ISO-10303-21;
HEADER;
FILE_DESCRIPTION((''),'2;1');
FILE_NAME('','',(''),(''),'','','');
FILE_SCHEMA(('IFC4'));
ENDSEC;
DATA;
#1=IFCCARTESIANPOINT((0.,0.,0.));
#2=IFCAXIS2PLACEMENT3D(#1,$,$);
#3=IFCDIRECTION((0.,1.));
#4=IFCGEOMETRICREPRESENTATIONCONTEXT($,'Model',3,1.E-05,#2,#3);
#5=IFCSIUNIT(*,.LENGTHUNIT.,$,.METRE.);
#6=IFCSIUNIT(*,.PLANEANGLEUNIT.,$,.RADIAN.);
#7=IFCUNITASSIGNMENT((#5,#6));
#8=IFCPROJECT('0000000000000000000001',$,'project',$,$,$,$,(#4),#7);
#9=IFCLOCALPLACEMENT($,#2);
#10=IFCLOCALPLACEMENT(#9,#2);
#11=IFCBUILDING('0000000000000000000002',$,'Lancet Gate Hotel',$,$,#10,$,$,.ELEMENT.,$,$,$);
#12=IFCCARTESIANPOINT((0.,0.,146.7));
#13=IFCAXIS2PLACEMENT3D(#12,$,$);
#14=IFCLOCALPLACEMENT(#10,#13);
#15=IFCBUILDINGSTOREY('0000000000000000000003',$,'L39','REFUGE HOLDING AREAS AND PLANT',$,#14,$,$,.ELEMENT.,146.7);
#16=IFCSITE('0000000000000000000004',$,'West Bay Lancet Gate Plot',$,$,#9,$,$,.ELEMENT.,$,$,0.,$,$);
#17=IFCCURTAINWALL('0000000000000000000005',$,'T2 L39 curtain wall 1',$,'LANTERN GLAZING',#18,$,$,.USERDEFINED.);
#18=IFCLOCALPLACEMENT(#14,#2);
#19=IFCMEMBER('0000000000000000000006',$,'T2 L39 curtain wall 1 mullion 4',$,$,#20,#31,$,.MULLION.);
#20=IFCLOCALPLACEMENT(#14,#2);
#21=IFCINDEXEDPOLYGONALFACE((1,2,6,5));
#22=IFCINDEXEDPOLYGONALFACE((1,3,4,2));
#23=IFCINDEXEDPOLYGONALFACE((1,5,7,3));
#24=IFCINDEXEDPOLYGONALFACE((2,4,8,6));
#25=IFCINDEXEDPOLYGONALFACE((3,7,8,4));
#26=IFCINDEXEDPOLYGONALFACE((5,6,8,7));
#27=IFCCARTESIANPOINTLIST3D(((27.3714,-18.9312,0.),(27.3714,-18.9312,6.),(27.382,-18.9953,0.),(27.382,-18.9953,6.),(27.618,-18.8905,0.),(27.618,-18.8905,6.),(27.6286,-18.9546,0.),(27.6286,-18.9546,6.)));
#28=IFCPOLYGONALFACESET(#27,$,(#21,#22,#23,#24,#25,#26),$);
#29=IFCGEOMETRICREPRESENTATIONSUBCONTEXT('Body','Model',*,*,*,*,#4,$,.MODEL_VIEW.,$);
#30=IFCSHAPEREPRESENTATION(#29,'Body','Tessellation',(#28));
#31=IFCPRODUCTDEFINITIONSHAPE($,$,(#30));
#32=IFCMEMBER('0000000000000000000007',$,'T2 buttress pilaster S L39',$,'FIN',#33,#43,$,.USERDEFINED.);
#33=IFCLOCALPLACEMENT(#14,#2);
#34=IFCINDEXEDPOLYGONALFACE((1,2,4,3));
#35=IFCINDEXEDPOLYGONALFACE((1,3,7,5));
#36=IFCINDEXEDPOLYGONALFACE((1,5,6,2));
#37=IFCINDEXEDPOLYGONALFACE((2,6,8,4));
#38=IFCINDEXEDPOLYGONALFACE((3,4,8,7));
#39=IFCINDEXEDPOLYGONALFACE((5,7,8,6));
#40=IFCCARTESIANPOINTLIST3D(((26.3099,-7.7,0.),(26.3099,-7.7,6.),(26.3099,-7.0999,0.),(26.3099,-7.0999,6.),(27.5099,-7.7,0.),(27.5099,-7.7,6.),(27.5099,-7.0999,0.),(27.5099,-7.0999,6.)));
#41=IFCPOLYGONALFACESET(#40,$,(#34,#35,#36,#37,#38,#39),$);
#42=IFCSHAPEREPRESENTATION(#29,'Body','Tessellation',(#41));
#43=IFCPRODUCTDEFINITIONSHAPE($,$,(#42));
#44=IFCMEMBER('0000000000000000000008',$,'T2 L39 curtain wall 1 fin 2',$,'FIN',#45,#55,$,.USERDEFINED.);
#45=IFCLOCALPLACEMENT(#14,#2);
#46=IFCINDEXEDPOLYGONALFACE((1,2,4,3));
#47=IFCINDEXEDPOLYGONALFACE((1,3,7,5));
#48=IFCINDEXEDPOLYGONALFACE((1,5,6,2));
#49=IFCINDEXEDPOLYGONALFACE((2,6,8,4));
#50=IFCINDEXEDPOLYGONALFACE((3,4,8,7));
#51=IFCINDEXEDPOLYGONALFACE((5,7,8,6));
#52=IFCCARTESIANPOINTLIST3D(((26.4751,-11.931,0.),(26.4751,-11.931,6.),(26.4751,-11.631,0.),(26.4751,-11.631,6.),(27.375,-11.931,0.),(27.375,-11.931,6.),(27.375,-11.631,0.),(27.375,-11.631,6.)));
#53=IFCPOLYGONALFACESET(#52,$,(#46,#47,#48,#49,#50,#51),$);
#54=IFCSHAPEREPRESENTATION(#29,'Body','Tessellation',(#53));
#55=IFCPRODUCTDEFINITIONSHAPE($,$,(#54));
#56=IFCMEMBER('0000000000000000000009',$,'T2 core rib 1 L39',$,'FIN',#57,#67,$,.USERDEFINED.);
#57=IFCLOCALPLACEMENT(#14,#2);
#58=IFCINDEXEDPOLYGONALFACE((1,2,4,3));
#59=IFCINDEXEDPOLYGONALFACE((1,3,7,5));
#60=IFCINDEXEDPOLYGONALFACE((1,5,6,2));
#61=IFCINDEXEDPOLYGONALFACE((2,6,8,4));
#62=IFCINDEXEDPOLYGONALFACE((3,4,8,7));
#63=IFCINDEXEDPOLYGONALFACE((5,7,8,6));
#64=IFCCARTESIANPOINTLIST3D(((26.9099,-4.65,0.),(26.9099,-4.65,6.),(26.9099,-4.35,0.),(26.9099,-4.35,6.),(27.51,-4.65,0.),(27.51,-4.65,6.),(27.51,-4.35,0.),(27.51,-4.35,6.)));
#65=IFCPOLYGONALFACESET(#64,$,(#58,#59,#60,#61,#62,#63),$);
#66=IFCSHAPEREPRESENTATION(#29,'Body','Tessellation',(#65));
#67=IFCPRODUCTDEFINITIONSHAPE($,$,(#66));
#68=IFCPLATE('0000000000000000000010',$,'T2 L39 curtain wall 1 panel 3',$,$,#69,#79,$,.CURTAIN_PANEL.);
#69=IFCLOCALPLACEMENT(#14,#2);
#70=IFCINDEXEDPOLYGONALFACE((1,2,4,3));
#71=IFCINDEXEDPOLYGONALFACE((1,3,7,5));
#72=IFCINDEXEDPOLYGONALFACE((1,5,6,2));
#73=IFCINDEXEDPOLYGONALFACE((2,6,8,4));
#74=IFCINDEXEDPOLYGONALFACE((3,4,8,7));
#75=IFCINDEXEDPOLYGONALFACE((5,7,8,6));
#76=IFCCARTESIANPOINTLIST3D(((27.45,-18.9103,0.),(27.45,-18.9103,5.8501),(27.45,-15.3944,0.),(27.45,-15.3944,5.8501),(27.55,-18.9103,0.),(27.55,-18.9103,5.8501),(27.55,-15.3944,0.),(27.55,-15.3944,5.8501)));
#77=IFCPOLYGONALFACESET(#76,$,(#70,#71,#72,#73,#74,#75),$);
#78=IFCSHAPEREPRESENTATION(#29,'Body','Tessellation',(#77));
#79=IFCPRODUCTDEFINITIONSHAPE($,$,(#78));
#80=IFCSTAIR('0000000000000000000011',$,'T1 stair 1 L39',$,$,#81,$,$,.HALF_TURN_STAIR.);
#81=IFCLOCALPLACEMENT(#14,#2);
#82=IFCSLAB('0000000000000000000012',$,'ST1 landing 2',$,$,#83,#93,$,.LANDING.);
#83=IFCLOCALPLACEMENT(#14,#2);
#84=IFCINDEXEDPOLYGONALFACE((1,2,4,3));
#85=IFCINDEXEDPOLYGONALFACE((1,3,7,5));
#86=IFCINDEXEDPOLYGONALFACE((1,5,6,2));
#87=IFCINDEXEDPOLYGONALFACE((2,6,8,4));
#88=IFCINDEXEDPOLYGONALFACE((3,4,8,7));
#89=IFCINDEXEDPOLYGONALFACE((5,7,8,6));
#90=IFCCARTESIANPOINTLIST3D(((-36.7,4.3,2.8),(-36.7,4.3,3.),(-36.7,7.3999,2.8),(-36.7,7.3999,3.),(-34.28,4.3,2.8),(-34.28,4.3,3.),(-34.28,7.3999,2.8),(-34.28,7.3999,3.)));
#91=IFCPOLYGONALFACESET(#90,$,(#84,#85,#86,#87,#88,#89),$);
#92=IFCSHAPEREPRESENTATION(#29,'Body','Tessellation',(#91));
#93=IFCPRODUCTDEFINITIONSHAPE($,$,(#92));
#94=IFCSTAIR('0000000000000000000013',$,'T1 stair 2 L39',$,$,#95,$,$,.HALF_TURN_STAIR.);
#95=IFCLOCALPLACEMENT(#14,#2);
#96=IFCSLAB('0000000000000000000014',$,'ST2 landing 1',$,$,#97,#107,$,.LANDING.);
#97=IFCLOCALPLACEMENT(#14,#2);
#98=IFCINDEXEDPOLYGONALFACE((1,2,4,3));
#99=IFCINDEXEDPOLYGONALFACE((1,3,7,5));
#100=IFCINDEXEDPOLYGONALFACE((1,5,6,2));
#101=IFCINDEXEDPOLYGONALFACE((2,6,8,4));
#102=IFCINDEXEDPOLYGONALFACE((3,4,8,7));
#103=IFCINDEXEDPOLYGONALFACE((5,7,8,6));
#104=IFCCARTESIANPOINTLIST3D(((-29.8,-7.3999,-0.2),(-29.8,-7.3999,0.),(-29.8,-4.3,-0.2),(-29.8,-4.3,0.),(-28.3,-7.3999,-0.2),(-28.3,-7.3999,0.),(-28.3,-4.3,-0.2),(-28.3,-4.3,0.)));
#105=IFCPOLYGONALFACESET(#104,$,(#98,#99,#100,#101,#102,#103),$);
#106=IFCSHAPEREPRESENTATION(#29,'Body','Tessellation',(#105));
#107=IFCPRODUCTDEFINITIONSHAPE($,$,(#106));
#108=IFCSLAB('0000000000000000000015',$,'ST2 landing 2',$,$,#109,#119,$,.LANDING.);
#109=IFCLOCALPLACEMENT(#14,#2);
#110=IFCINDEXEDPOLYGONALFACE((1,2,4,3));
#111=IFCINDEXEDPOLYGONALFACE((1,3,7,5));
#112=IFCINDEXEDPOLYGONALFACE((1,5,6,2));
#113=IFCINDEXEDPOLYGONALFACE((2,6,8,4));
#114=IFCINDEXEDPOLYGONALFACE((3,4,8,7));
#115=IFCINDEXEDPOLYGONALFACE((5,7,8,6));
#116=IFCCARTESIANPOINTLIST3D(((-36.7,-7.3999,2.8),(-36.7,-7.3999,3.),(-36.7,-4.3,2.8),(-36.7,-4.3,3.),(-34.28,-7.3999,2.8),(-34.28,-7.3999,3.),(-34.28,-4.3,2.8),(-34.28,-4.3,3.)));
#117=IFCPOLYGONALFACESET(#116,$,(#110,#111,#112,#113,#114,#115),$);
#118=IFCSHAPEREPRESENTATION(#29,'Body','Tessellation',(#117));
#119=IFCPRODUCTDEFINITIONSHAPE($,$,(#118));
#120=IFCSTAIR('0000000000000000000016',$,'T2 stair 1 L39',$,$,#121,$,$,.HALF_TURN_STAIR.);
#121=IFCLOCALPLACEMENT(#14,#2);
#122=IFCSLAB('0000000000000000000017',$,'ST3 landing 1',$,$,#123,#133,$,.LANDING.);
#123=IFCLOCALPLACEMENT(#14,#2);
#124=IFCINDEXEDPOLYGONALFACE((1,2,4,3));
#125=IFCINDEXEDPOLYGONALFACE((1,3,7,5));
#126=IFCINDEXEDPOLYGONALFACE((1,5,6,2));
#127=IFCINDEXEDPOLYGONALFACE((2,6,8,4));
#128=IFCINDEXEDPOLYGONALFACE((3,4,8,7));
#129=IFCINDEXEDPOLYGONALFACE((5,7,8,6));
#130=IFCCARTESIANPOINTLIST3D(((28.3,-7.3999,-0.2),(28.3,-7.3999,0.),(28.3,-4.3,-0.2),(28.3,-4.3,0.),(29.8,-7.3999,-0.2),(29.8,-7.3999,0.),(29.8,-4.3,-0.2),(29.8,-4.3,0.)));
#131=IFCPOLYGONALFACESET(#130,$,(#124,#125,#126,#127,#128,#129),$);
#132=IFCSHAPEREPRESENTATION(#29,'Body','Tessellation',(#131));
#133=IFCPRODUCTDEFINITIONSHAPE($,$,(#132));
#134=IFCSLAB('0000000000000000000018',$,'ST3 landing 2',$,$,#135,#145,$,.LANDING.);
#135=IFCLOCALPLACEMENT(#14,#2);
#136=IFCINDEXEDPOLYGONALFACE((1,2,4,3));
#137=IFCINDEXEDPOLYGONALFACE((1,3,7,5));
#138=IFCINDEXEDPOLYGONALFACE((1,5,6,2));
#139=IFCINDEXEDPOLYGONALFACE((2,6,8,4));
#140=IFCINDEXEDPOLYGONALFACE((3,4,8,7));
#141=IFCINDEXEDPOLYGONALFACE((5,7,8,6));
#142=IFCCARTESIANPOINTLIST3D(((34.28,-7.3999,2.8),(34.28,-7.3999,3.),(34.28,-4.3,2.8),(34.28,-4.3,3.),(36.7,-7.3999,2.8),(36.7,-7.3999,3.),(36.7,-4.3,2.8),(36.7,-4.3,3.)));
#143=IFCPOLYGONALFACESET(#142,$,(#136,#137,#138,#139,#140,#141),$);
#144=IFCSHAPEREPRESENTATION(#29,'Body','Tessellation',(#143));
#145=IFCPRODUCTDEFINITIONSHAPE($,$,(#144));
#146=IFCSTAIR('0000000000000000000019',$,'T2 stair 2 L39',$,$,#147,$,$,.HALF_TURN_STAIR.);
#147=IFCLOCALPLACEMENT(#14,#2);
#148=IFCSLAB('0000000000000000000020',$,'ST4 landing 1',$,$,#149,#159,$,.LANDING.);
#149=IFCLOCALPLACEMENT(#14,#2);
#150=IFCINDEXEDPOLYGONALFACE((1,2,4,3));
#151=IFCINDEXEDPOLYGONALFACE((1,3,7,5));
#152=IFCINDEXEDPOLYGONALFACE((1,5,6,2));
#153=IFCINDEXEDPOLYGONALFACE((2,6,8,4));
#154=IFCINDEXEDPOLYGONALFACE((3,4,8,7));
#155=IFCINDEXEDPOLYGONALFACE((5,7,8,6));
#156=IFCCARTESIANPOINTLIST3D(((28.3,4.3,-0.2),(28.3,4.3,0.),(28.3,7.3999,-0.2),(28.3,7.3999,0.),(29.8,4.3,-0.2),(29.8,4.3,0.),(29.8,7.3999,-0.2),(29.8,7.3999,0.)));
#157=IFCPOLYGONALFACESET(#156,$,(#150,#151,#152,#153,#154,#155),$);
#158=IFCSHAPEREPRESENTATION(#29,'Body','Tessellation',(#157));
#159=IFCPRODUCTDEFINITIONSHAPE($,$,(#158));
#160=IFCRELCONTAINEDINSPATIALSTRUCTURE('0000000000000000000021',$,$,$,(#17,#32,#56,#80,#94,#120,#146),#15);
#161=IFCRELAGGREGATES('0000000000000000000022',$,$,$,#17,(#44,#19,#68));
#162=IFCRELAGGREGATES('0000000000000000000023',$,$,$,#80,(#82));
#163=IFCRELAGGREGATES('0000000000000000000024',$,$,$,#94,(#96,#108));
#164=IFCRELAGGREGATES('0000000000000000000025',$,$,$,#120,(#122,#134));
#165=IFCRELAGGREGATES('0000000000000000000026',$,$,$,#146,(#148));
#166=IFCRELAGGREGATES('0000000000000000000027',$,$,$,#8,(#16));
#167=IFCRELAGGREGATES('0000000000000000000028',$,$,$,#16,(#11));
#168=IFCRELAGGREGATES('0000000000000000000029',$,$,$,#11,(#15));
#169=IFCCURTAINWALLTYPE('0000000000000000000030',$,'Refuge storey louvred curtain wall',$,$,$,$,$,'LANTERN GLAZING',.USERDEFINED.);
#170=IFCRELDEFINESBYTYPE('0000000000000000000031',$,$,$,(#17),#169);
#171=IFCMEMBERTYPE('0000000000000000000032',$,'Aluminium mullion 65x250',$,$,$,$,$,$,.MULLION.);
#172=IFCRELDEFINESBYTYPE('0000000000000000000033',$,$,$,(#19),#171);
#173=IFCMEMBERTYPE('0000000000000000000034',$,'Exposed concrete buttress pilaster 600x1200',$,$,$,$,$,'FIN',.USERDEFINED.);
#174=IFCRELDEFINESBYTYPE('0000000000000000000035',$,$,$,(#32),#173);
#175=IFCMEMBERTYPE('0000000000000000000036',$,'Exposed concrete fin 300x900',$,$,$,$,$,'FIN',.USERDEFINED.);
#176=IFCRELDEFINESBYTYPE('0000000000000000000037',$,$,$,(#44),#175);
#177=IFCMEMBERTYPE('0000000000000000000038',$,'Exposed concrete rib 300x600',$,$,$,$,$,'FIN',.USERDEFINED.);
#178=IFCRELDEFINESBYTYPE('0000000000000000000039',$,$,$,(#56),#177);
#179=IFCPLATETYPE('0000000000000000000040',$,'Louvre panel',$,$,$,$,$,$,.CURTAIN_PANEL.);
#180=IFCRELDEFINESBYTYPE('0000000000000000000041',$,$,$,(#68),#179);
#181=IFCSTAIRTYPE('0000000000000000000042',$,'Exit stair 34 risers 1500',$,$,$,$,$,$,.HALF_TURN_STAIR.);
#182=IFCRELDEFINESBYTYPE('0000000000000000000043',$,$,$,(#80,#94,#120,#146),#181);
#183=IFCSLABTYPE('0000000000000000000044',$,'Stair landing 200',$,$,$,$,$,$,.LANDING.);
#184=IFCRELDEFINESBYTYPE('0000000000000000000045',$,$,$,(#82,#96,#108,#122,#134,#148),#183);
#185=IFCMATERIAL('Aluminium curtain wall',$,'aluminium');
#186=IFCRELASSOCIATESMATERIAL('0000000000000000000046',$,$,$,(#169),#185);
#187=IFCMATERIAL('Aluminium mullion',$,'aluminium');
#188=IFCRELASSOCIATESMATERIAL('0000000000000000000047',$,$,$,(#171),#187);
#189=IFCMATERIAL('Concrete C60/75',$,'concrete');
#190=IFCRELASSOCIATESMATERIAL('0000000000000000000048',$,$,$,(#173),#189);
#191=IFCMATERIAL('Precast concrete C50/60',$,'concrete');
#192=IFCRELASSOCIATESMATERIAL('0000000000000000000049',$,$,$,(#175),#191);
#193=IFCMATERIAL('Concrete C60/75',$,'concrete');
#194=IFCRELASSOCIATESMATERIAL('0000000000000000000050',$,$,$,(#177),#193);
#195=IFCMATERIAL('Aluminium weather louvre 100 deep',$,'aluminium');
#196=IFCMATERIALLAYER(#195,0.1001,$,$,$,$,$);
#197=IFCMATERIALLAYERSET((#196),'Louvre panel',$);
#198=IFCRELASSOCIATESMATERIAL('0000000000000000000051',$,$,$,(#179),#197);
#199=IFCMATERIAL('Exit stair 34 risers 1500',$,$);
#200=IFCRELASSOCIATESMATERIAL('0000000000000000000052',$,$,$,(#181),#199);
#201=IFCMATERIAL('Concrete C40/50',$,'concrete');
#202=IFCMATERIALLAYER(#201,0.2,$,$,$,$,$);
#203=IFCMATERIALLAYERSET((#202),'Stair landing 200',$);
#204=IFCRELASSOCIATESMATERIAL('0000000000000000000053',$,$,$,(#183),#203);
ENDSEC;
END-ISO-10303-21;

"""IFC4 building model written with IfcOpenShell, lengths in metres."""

from ifc_helpers import new_model, si_unit, direction, frame, origin, origin_2d, place, context, subcontext, project, spatial, polyline, rectangle, outline, extrude, material, layer, layer_set, material_profile, profile_set, type_object, element, aggregate, save


model = new_model("IFC4")

# Units and contexts
model_context = context("Model", 3, precision=1e-05, world=origin(), true_north=direction((0.0, 1.0)))
body_context = subcontext(model_context, "Body", "Model", "MODEL_VIEW")
ifc_project = project(units=[si_unit("LENGTHUNIT", "METRE"), si_unit("PLANEANGLEUNIT", "RADIAN")], contexts=[model_context])

# Site, building, storey
site_placement = place(None, origin())
site = spatial("IfcSite", under=ifc_project, at=site_placement, Name="West Bay Lancet Gate Plot", CompositionType="ELEMENT", RefElevation=0.0)
building_placement = place(site_placement, origin())
building = spatial("IfcBuilding", under=site, at=building_placement, Name="Lancet Gate Hotel", CompositionType="ELEMENT")
storey_placement = place(building_placement, frame((0.0, 0.0, 146.7)))
storey = spatial("IfcBuildingStorey", under=building, at=storey_placement, Name="L39", Description="REFUGE HOLDING AREAS AND PLANT", CompositionType="ELEMENT", Elevation=146.7)

# Curtain wall, member
ifc_material_1 = material(Name="Aluminium curtain wall", Category="aluminium")
curtain_wall_type = type_object("IfcCurtainWallType", Name="Refuge storey louvred curtain wall", ElementType="LANTERN GLAZING", PredefinedType="USERDEFINED", material=ifc_material_1)
curtain_wall_placement = place(storey_placement, origin())
curtain_wall = element("IfcCurtainWall", 1, at=curtain_wall_placement, inside=storey, type_object=curtain_wall_type, Name="T2 L39 curtain wall 1", ObjectType="LANTERN GLAZING", PredefinedType="USERDEFINED")
ifc_material_2 = material(Name="Aluminium mullion", Category="aluminium")
ifc_material_profile_1 = material_profile(ifc_material_2, rectangle(XDim=0.0649, YDim=0.25, at=origin_2d()), Name="MULLION 65x250")
ifc_profile_set_1 = profile_set([ifc_material_profile_1], Name="Aluminium mullion")
member_type_1 = type_object("IfcMemberType", Name="Aluminium mullion 65x250", PredefinedType="MULLION", material=ifc_profile_set_1)
member_1_placement = place(storey_placement, frame((27.5, -18.9429, 0.0), z_axis=(0.0, 0.0, 1.0), x_axis=(0.162739, -0.986669, 0.0)))
member_1 = element("IfcMember", 2, at=member_1_placement, type_object=member_type_1, Name="T2 L39 curtain wall 1 mullion 4", PredefinedType="MULLION", context=body_context, shape_type="SweptSolid", body=[
    extrude(rectangle(XDim=0.0649, YDim=0.25, at=origin_2d()), origin(), (0.0, 0.0, 1.0), 6.0),
])

# Members
ifc_material_3 = material(Name="Concrete C60/75", Category="concrete")
ifc_material_profile_2 = material_profile(ifc_material_3, rectangle(XDim=0.6001, YDim=1.2, at=origin_2d()), Name="FIN 600x1200")
ifc_profile_set_2 = profile_set([ifc_material_profile_2], Name="Concrete C60/75")
member_type_2 = type_object("IfcMemberType", Name="Exposed concrete buttress pilaster 600x1200", ElementType="FIN", PredefinedType="USERDEFINED", material=ifc_profile_set_2)
member_2_placement = place(storey_placement, frame((26.9099, -7.3999, 0.0), z_axis=(0.0, 0.0, 1.0), x_axis=(0.0, 1.0, 0.0)))
element("IfcMember", 3, at=member_2_placement, inside=storey, type_object=member_type_2, Name="T2 buttress pilaster S L39", ObjectType="FIN", PredefinedType="USERDEFINED", context=body_context, shape_type="SweptSolid", body=[
    extrude(rectangle(XDim=0.6001, YDim=1.2, at=origin_2d()), origin(), (0.0, 0.0, 1.0), 6.0),
])
ifc_material_4 = material(Name="Precast concrete C50/60", Category="concrete")
ifc_material_profile_3 = material_profile(ifc_material_4, rectangle(XDim=0.3, YDim=0.8999, at=origin_2d()), Name="FIN 300x900")
ifc_profile_set_3 = profile_set([ifc_material_profile_3], Name="Precast concrete C50/60")
member_type_3 = type_object("IfcMemberType", Name="Exposed concrete fin 300x900", ElementType="FIN", PredefinedType="USERDEFINED", material=ifc_profile_set_3)
member_3_placement = place(storey_placement, frame((26.925, -11.781, 0.0), z_axis=(0.0, 0.0, 1.0), x_axis=(0.0, -1.0, 0.0)))
member_3 = element("IfcMember", 4, at=member_3_placement, type_object=member_type_3, Name="T2 L39 curtain wall 1 fin 2", ObjectType="FIN", PredefinedType="USERDEFINED", context=body_context, shape_type="SweptSolid", body=[
    extrude(rectangle(XDim=0.3, YDim=0.8999, at=origin_2d()), origin(), (0.0, 0.0, 1.0), 6.0),
])
ifc_material_5 = material(Name="Concrete C60/75", Category="concrete")
ifc_material_profile_4 = material_profile(ifc_material_5, rectangle(XDim=0.3, YDim=0.6001, at=origin_2d()), Name="FIN 300x600")
ifc_profile_set_4 = profile_set([ifc_material_profile_4], Name="Concrete C60/75")
member_type_4 = type_object("IfcMemberType", Name="Exposed concrete rib 300x600", ElementType="FIN", PredefinedType="USERDEFINED", material=ifc_profile_set_4)
member_4_placement = place(storey_placement, frame((27.21, -4.5, 0.0), z_axis=(0.0, 0.0, 1.0), x_axis=(0.0, 1.0, 0.0)))
element("IfcMember", 5, at=member_4_placement, inside=storey, type_object=member_type_4, Name="T2 core rib 1 L39", ObjectType="FIN", PredefinedType="USERDEFINED", context=body_context, shape_type="SweptSolid", body=[
    extrude(rectangle(XDim=0.3, YDim=0.6001, at=origin_2d()), origin(), (0.0, 0.0, 1.0), 6.0),
])

# Plate
ifc_material_6 = material(Name="Aluminium weather louvre 100 deep", Category="aluminium")
ifc_layer_1 = layer(ifc_material_6, 0.1001)
ifc_layer_set_1 = layer_set([ifc_layer_1], Name="Louvre panel")
plate_type = type_object("IfcPlateType", Name="Louvre panel", PredefinedType="CURTAIN_PANEL", material=ifc_layer_set_1)
plate_placement = place(storey_placement, frame((27.5, -17.1523, 0.0), z_axis=(0.0, 0.0, 1.0), x_axis=(0.0, -1.0, 0.0)))
plate = element("IfcPlate", 6, at=plate_placement, type_object=plate_type, Name="T2 L39 curtain wall 1 panel 3", PredefinedType="CURTAIN_PANEL", context=body_context, shape_type="SweptSolid", body=[
    extrude(rectangle(XDim=3.5159, YDim=0.1001, at=origin_2d()), origin(), (0.0, 0.0, 1.0), 5.8501),
])
aggregate(curtain_wall, [member_3, member_1, plate])

# Stair, slab
ifc_material_7 = material(Name="Exit stair 34 risers 1500")
stair_type = type_object("IfcStairType", Name="Exit stair 34 risers 1500", PredefinedType="HALF_TURN_STAIR", material=ifc_material_7)
stair_1_placement = place(storey_placement, origin())
stair_1 = element("IfcStair", 7, at=stair_1_placement, inside=storey, type_object=stair_type, Name="T1 stair 1 L39", PredefinedType="HALF_TURN_STAIR")
ifc_material_8 = material(Name="Concrete C40/50", Category="concrete")
ifc_layer_2 = layer(ifc_material_8, 0.2)
ifc_layer_set_2 = layer_set([ifc_layer_2], Name="Stair landing 200")
slab_type = type_object("IfcSlabType", Name="Stair landing 200", PredefinedType="LANDING", material=ifc_layer_set_2)
slab_1_placement = place(storey_placement, frame((0.0, 0.0, 2.8)))
slab_1 = element("IfcSlab", 8, at=slab_1_placement, type_object=slab_type, Name="ST1 landing 2", PredefinedType="LANDING", context=body_context, shape_type="SweptSolid", body=[
    extrude(outline(polyline([(-34.28, 7.3999), (-36.7, 7.3999), (-36.7, 4.3), (-34.28, 4.3), (-34.28, 7.3999)])), origin(), (0.0, 0.0, 1.0), 0.2),
])
aggregate(stair_1, [slab_1])

# Stairs, slabs
stair_2_placement = place(storey_placement, origin())
stair_2 = element("IfcStair", 9, at=stair_2_placement, inside=storey, type_object=stair_type, Name="T1 stair 2 L39", PredefinedType="HALF_TURN_STAIR")
slab_2_placement = place(storey_placement, frame((0.0, 0.0, -0.2)))
slab_2 = element("IfcSlab", 10, at=slab_2_placement, type_object=slab_type, Name="ST2 landing 1", PredefinedType="LANDING", context=body_context, shape_type="SweptSolid", body=[
    extrude(outline(polyline([(-28.3, -4.3), (-29.8, -4.3), (-29.8, -7.3999), (-28.3, -7.3999), (-28.3, -4.3)])), origin(), (0.0, 0.0, 1.0), 0.2),
])
slab_3_placement = place(storey_placement, frame((0.0, 0.0, 2.8)))
slab_3 = element("IfcSlab", 11, at=slab_3_placement, type_object=slab_type, Name="ST2 landing 2", PredefinedType="LANDING", context=body_context, shape_type="SweptSolid", body=[
    extrude(outline(polyline([(-34.28, -4.3), (-36.7, -4.3), (-36.7, -7.3999), (-34.28, -7.3999), (-34.28, -4.3)])), origin(), (0.0, 0.0, 1.0), 0.2),
])
aggregate(stair_2, [slab_2, slab_3])
stair_3_placement = place(storey_placement, origin())
stair_3 = element("IfcStair", 12, at=stair_3_placement, inside=storey, type_object=stair_type, Name="T2 stair 1 L39", PredefinedType="HALF_TURN_STAIR")
slab_4_placement = place(storey_placement, frame((0.0, 0.0, -0.2)))
slab_4 = element("IfcSlab", 13, at=slab_4_placement, type_object=slab_type, Name="ST3 landing 1", PredefinedType="LANDING", context=body_context, shape_type="SweptSolid", body=[
    extrude(outline(polyline([(28.3, -7.3999), (29.8, -7.3999), (29.8, -4.3), (28.3, -4.3), (28.3, -7.3999)])), origin(), (0.0, 0.0, 1.0), 0.2),
])
slab_5_placement = place(storey_placement, frame((0.0, 0.0, 2.8)))
slab_5 = element("IfcSlab", 14, at=slab_5_placement, type_object=slab_type, Name="ST3 landing 2", PredefinedType="LANDING", context=body_context, shape_type="SweptSolid", body=[
    extrude(outline(polyline([(34.28, -7.3999), (36.7, -7.3999), (36.7, -4.3), (34.28, -4.3), (34.28, -7.3999)])), origin(), (0.0, 0.0, 1.0), 0.2),
])
aggregate(stair_3, [slab_4, slab_5])

# Stair, slab
stair_4_placement = place(storey_placement, origin())
stair_4 = element("IfcStair", 15, at=stair_4_placement, inside=storey, type_object=stair_type, Name="T2 stair 2 L39", PredefinedType="HALF_TURN_STAIR")
slab_6_placement = place(storey_placement, frame((0.0, 0.0, -0.2)))
slab_6 = element("IfcSlab", 16, at=slab_6_placement, type_object=slab_type, Name="ST4 landing 1", PredefinedType="LANDING", context=body_context, shape_type="SweptSolid", body=[
    extrude(outline(polyline([(28.3, 4.3), (29.8, 4.3), (29.8, 7.3999), (28.3, 7.3999), (28.3, 4.3)])), origin(), (0.0, 0.0, 1.0), 0.2),
])
aggregate(stair_4, [slab_6])

save(model, "model.ifc")
